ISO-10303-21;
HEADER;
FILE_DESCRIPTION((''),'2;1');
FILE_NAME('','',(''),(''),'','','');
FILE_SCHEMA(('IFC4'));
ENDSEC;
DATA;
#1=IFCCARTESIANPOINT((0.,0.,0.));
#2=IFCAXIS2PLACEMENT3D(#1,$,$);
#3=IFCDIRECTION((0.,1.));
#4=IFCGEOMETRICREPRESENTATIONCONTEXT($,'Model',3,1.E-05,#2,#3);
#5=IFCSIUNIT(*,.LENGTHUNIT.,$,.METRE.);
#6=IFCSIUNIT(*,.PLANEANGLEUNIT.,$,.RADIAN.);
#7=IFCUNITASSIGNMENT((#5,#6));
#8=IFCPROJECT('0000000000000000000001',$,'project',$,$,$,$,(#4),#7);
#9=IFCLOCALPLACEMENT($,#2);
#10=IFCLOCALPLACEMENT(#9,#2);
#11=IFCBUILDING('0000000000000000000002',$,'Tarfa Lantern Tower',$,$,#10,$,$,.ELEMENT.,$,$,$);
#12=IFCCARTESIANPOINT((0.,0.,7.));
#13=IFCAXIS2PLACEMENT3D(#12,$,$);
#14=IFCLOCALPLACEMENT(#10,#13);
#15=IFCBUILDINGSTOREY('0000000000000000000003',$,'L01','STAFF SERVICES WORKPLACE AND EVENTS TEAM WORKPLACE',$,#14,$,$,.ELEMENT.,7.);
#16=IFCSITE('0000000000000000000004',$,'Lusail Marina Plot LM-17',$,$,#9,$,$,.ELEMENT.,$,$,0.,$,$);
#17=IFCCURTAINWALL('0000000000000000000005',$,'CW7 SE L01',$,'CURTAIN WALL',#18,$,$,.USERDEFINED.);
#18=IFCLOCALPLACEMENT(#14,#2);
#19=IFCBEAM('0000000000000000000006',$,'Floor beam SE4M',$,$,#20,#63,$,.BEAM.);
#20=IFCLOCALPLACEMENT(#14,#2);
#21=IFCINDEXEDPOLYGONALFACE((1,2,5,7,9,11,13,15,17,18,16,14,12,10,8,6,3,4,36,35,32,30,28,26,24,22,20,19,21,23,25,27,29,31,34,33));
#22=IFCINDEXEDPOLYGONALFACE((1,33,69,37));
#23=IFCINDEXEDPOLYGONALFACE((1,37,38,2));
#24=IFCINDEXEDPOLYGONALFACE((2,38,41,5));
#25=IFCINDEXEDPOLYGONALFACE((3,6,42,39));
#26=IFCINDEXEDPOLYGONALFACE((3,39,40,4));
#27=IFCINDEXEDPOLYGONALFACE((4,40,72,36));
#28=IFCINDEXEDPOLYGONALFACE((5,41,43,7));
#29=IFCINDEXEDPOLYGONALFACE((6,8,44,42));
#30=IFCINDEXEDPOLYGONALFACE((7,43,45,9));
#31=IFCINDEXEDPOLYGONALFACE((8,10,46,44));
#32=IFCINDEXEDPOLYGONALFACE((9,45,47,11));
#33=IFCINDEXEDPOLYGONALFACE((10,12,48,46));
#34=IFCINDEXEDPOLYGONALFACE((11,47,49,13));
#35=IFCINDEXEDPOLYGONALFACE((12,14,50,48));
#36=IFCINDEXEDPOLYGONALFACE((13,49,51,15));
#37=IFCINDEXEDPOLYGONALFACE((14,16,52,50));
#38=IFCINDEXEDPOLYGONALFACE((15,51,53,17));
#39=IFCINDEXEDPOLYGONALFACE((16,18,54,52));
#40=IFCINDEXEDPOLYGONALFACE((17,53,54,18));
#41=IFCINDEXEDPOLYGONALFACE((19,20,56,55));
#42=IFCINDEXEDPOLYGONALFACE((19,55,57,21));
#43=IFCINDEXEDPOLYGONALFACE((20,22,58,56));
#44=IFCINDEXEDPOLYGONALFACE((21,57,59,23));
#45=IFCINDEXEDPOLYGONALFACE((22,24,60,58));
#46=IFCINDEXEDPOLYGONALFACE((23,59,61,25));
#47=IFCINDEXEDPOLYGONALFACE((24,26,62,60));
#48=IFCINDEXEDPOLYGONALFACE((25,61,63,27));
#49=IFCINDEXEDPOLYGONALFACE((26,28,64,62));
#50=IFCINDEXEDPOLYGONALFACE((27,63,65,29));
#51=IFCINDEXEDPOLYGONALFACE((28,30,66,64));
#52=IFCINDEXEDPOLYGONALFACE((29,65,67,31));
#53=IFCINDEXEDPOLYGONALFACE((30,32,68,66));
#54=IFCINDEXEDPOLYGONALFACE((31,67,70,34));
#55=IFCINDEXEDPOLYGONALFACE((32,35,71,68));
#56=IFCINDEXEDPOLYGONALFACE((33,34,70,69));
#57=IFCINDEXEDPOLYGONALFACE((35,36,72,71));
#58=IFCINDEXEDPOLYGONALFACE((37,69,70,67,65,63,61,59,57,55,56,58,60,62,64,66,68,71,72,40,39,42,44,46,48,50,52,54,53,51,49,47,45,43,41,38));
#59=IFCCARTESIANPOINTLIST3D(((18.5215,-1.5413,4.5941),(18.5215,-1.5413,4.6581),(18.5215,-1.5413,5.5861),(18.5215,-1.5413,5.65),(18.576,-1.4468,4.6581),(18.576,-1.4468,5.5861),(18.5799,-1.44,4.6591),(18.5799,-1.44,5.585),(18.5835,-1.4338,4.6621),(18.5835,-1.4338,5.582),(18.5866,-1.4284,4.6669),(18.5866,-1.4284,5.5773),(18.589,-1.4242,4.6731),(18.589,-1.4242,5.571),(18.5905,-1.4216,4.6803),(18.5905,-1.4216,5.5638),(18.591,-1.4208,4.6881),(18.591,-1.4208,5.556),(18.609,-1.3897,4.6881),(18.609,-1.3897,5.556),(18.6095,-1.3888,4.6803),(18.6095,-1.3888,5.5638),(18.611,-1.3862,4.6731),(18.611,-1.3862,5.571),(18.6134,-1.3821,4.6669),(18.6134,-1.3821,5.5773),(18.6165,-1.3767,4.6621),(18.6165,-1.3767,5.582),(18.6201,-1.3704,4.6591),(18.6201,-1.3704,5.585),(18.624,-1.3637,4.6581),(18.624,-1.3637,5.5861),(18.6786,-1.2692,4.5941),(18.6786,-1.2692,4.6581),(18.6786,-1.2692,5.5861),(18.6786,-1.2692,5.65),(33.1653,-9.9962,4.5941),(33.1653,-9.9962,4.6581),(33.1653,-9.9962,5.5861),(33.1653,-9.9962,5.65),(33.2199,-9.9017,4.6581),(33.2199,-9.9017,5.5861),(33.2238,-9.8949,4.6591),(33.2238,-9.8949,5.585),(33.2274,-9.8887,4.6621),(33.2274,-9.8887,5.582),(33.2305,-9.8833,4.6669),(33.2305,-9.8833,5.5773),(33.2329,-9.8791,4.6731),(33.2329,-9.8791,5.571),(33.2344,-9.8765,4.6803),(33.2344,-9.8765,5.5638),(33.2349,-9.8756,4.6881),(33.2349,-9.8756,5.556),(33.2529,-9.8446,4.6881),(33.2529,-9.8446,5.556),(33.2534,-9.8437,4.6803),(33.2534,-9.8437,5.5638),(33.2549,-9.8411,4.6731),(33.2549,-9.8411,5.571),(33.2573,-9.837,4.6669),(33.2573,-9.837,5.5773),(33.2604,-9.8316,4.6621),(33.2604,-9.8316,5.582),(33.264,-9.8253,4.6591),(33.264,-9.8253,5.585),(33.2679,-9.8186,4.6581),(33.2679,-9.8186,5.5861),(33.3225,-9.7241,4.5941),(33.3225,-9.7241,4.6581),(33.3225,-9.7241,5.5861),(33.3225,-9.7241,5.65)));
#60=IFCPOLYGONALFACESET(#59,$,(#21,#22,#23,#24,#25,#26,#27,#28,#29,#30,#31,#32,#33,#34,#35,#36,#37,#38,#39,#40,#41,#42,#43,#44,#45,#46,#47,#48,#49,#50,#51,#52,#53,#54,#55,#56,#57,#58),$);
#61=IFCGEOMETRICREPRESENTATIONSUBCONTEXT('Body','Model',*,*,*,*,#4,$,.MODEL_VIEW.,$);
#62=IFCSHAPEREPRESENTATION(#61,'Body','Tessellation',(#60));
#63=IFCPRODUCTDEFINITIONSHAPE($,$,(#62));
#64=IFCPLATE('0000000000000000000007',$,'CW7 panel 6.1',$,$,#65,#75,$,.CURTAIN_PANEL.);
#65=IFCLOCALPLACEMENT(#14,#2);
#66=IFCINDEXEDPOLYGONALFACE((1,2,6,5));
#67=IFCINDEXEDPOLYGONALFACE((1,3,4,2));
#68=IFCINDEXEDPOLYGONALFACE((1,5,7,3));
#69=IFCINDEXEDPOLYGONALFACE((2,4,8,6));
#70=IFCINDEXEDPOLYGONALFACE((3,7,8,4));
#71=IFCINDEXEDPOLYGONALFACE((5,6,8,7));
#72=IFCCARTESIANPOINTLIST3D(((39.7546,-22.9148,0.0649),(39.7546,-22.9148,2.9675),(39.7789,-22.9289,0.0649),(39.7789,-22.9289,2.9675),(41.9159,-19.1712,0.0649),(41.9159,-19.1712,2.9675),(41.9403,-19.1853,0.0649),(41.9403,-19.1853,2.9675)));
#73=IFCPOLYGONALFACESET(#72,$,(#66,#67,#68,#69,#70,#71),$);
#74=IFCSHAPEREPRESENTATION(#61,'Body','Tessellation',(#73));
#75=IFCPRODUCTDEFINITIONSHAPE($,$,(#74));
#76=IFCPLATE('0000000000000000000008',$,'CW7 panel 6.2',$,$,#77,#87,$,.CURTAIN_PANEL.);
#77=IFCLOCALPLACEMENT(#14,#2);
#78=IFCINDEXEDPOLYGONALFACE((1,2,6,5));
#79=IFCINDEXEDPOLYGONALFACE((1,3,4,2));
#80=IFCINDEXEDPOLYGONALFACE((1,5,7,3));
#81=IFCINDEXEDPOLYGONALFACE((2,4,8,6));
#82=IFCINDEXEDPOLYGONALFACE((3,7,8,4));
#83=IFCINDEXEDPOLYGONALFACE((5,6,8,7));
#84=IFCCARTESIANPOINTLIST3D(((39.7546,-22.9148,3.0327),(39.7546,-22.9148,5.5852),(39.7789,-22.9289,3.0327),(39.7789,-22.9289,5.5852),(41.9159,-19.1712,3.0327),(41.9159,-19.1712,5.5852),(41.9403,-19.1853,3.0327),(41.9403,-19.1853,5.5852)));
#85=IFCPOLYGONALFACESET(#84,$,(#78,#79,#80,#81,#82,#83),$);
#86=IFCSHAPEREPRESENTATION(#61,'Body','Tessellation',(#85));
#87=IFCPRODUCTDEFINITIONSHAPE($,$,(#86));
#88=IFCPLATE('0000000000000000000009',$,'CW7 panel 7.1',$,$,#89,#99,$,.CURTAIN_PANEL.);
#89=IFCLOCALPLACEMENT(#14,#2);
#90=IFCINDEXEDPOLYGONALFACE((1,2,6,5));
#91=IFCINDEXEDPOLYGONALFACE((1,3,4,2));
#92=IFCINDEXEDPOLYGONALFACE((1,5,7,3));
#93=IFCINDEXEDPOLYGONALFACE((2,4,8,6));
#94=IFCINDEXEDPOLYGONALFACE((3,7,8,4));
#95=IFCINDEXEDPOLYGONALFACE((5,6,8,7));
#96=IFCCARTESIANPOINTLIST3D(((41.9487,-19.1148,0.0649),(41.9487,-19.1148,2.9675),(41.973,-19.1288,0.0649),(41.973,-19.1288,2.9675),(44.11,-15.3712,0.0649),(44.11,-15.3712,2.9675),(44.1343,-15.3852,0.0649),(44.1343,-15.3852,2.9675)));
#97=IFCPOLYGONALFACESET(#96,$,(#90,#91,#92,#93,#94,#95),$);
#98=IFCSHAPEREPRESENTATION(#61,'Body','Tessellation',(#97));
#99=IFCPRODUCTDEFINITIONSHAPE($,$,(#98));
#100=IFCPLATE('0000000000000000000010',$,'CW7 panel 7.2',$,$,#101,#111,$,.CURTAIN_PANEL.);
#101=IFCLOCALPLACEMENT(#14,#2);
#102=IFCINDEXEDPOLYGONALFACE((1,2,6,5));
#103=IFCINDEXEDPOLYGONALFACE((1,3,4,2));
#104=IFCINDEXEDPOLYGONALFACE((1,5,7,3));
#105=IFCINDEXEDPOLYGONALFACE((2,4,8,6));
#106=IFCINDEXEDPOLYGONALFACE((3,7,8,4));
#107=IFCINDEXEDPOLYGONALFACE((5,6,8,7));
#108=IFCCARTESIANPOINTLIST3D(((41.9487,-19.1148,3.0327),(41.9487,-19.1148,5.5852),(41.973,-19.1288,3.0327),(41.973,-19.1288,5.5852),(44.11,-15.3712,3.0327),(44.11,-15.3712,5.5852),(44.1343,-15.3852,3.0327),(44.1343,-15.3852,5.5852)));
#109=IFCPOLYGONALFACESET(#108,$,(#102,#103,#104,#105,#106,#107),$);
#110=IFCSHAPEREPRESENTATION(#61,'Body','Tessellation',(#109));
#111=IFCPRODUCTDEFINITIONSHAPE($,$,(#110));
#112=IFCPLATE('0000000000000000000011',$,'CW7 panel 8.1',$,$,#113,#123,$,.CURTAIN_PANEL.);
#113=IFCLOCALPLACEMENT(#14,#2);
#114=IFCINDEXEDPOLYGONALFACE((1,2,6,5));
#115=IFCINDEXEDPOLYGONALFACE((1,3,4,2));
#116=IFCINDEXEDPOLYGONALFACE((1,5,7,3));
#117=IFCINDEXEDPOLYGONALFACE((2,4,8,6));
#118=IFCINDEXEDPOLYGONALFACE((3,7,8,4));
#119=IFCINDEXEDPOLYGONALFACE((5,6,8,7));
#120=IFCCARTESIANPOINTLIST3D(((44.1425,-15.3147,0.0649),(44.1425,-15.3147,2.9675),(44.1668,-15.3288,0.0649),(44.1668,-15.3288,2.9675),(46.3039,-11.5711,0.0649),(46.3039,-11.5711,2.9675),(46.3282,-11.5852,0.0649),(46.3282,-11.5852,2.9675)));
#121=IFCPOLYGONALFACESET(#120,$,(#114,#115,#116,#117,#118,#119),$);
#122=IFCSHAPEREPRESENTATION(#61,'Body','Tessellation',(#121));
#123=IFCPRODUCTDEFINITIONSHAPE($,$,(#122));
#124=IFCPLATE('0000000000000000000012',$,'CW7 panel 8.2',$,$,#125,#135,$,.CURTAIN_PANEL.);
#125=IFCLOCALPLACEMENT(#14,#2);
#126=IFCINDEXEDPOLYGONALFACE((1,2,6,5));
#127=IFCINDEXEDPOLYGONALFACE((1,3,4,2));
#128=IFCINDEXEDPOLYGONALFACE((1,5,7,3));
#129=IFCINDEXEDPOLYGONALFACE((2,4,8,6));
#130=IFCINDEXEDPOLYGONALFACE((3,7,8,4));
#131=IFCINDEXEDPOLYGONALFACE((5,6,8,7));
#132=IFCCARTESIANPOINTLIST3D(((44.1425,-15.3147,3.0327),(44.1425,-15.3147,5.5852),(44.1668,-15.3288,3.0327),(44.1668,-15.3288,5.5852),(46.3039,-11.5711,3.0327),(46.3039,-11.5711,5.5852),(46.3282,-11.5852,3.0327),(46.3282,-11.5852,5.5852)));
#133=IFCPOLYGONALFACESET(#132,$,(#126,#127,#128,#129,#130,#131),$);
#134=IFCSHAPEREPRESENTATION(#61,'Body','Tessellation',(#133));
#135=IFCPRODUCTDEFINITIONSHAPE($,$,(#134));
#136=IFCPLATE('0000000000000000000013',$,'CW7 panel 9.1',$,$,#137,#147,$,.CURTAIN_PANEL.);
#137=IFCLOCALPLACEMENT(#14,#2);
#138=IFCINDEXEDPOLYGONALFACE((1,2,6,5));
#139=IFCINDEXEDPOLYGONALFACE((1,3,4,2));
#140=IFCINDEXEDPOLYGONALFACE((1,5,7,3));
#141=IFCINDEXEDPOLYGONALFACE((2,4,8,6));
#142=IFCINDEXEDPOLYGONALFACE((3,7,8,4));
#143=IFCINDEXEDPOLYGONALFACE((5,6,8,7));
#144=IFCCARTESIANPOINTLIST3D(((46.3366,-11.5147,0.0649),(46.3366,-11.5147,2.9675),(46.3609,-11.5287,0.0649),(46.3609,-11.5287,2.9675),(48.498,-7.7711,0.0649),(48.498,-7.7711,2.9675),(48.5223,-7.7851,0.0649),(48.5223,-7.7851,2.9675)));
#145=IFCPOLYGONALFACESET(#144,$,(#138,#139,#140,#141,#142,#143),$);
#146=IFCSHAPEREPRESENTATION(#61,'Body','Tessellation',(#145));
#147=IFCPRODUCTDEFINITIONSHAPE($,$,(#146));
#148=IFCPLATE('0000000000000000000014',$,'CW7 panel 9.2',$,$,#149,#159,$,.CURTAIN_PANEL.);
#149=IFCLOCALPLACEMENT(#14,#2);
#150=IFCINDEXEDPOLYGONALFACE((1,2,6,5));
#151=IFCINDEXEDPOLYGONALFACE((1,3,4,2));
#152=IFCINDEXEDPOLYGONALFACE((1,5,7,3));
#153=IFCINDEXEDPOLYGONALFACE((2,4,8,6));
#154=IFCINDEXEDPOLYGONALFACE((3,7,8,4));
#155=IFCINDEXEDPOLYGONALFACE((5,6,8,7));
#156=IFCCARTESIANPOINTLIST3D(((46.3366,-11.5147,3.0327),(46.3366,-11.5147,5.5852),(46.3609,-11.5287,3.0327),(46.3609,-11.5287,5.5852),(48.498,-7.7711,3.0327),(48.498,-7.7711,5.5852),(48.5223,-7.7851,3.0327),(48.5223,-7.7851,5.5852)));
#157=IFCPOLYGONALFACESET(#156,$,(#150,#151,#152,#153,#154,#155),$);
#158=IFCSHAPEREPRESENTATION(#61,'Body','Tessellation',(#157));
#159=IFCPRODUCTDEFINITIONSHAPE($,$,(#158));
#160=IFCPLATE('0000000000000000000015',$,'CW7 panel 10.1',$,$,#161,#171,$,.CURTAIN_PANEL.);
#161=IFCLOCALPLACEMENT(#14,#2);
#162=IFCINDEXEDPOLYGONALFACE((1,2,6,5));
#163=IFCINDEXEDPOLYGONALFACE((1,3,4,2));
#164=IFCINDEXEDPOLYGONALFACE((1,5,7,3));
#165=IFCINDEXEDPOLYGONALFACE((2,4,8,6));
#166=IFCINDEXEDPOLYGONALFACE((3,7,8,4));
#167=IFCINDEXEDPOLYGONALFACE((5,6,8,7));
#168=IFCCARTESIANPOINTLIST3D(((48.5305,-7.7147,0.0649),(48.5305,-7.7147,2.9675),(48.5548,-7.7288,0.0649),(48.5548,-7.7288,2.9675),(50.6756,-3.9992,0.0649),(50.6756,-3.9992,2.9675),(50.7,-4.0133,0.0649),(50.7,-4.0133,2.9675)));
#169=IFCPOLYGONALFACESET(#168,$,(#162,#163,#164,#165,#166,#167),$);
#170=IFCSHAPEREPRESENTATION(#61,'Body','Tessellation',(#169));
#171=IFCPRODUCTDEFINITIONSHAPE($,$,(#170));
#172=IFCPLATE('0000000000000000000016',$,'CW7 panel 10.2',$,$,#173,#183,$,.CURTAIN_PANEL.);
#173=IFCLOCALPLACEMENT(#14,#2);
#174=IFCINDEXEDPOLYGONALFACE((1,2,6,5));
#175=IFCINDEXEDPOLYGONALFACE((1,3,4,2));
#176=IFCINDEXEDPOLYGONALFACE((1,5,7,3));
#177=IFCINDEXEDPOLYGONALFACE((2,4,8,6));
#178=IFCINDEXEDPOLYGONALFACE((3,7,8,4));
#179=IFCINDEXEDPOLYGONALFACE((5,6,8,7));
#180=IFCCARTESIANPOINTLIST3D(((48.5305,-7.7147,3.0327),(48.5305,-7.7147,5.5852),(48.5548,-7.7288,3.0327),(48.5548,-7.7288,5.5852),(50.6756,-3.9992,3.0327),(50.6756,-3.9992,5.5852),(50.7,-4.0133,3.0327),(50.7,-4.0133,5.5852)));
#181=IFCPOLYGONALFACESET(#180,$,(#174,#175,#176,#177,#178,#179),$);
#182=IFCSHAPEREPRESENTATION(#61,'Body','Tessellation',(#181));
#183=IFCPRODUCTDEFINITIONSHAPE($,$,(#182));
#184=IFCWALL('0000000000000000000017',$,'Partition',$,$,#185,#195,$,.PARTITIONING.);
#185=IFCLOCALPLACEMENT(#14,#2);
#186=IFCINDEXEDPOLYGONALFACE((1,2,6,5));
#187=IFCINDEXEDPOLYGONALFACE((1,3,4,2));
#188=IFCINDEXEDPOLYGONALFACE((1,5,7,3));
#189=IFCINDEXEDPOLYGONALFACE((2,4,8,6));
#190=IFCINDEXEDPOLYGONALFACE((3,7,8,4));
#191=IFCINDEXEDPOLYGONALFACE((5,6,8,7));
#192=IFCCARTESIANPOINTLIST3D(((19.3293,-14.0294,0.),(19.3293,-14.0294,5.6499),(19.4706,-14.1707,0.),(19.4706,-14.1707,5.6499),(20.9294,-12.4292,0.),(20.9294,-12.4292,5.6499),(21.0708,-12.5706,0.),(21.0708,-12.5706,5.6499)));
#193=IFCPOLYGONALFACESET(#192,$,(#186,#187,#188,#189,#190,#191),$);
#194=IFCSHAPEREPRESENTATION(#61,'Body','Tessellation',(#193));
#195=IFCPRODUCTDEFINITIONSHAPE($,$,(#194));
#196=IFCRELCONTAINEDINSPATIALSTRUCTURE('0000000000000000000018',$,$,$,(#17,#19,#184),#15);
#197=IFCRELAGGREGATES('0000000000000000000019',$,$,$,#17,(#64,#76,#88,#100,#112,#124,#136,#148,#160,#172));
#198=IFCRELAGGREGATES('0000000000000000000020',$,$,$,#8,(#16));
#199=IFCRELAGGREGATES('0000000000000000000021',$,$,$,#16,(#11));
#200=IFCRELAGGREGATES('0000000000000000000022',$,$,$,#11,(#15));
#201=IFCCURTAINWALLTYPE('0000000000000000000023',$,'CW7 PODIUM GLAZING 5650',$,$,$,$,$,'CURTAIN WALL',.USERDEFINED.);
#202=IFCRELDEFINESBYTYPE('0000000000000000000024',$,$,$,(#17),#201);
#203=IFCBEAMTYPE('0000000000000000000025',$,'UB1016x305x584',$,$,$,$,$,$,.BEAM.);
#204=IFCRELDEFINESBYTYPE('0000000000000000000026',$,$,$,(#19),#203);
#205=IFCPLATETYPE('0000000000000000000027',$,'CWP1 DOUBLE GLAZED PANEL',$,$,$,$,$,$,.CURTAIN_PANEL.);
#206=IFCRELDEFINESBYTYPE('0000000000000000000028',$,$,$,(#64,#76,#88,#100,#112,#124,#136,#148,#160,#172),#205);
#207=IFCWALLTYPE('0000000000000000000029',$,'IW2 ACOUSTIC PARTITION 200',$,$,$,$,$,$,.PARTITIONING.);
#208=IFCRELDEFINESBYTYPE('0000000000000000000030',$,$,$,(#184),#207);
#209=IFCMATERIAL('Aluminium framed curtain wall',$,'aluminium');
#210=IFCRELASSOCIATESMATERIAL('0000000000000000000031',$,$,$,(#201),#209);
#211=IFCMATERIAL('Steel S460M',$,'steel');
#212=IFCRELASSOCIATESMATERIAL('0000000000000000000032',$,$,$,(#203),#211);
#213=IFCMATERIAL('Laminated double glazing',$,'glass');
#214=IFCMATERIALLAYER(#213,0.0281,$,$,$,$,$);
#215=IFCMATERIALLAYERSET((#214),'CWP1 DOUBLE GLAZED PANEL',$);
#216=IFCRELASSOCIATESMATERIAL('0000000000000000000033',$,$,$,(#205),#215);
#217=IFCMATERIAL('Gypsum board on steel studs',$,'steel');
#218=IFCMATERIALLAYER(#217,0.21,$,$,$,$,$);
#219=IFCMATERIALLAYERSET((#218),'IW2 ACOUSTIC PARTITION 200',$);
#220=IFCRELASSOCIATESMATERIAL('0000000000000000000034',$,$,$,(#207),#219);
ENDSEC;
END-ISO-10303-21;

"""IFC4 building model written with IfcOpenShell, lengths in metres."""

from ifc_helpers import new_model, si_unit, direction, frame, frame_2d, origin, origin_2d, place, context, subcontext, project, spatial, rectangle, i_section, extrude, material, layer, layer_set, material_profile, profile_set, type_object, element, aggregate, save


model = new_model("IFC4")

# Units and contexts
model_context = context("Model", 3, precision=1e-05, world=origin(), true_north=direction((0.0, 1.0)))
body_context = subcontext(model_context, "Body", "Model", "MODEL_VIEW")
ifc_project = project(units=[si_unit("LENGTHUNIT", "METRE"), si_unit("PLANEANGLEUNIT", "RADIAN")], contexts=[model_context])

# Site, building, storey
site_placement = place(None, origin())
site = spatial("IfcSite", under=ifc_project, at=site_placement, Name="Lusail Marina Plot LM-17", CompositionType="ELEMENT", RefElevation=0.0)
building_placement = place(site_placement, origin())
building = spatial("IfcBuilding", under=site, at=building_placement, Name="Tarfa Lantern Tower", CompositionType="ELEMENT")
storey_placement = place(building_placement, frame((0.0, 0.0, 7.0)))
storey = spatial("IfcBuildingStorey", under=building, at=storey_placement, Name="L01", Description="STAFF SERVICES WORKPLACE AND EVENTS TEAM WORKPLACE", CompositionType="ELEMENT", Elevation=7.0)

# Curtain wall
ifc_material_1 = material(Name="Aluminium framed curtain wall", Category="aluminium")
curtain_wall_type = type_object("IfcCurtainWallType", Name="CW7 PODIUM GLAZING 5650", ElementType="CURTAIN WALL", PredefinedType="USERDEFINED", material=ifc_material_1)
curtain_wall_placement = place(storey_placement, origin())
curtain_wall = element("IfcCurtainWall", 1, at=curtain_wall_placement, inside=storey, type_object=curtain_wall_type, Name="CW7 SE L01", ObjectType="CURTAIN WALL", PredefinedType="USERDEFINED")

# Beam
ifc_material_2 = material(Name="Steel S460M", Category="steel")
ifc_material_profile_1 = material_profile(ifc_material_2, i_section(OverallWidth=0.3142, OverallDepth=1.0559, WebThickness=0.0359, FlangeThickness=0.064, FilletRadius=0.03, at=origin_2d()), Name="UB1016x305x584")
ifc_profile_set_1 = profile_set([ifc_material_profile_1], Name="Steel S460M")
beam_type_1 = type_object("IfcBeamType", Name="UB1016x305x584", PredefinedType="BEAM", material=ifc_profile_set_1)
beam_1_placement = place(storey_placement, frame((33.2439, -9.8601, 5.1221), z_axis=(-0.866019, 0.50001, 0.0), x_axis=(-0.50001, -0.866019, 0.0)))
element("IfcBeam", 2, at=beam_1_placement, inside=storey, type_object=beam_type_1, Name="Floor beam SE4M", PredefinedType="BEAM", context=body_context, shape_type="SweptSolid", body=[
    extrude(i_section(OverallWidth=0.3142, OverallDepth=1.0559, WebThickness=0.0359, FlangeThickness=0.064, FilletRadius=0.03, at=origin_2d()), origin(), (0.0, 0.0, 1.0), 16.9094),
])

# Plates
ifc_material_3 = material(Name="Laminated double glazing", Category="glass")
ifc_layer_1 = layer(ifc_material_3, 0.0281)
ifc_layer_set_1 = layer_set([ifc_layer_1], Name="CWP1 DOUBLE GLAZED PANEL")
plate_type = type_object("IfcPlateType", Name="CWP1 DOUBLE GLAZED PANEL", PredefinedType="CURTAIN_PANEL", material=ifc_layer_set_1)
plate_1_placement = place(storey_placement, frame((40.8474, -21.05, 0.0649), z_axis=(0.0, 0.0, 1.0), x_axis=(0.5, 0.866025, 0.0)))
plate_1 = element("IfcPlate", 3, at=plate_1_placement, type_object=plate_type, Name="CW7 panel 6.1", PredefinedType="CURTAIN_PANEL", context=body_context, shape_type="SweptSolid", body=[
    extrude(rectangle(XDim=4.3228, YDim=0.0281, at=origin_2d()), origin(), (0.0, 0.0, 1.0), 2.9026),
])
plate_2_placement = place(storey_placement, frame((40.8474, -21.05, 3.0327), z_axis=(0.0, 0.0, 1.0), x_axis=(0.5, 0.866025, 0.0)))
plate_2 = element("IfcPlate", 4, at=plate_2_placement, type_object=plate_type, Name="CW7 panel 6.2", PredefinedType="CURTAIN_PANEL", context=body_context, shape_type="SweptSolid", body=[
    extrude(rectangle(XDim=4.3228, YDim=0.0281, at=origin_2d()), origin(), (0.0, 0.0, 1.0), 2.5525),
])
plate_3_placement = place(storey_placement, frame((43.0415, -17.25, 0.0649), z_axis=(0.0, 0.0, 1.0), x_axis=(0.5, 0.866025, 0.0)))
plate_3 = element("IfcPlate", 5, at=plate_3_placement, type_object=plate_type, Name="CW7 panel 7.1", PredefinedType="CURTAIN_PANEL", context=body_context, shape_type="SweptSolid", body=[
    extrude(rectangle(XDim=4.3228, YDim=0.0281, at=origin_2d()), origin(), (0.0, 0.0, 1.0), 2.9026),
])
plate_4_placement = place(storey_placement, frame((43.0415, -17.25, 3.0327), z_axis=(0.0, 0.0, 1.0), x_axis=(0.5, 0.866025, 0.0)))
plate_4 = element("IfcPlate", 6, at=plate_4_placement, type_object=plate_type, Name="CW7 panel 7.2", PredefinedType="CURTAIN_PANEL", context=body_context, shape_type="SweptSolid", body=[
    extrude(rectangle(XDim=4.3228, YDim=0.0281, at=origin_2d()), origin(), (0.0, 0.0, 1.0), 2.5525),
])
plate_5_placement = place(storey_placement, frame((45.2354, -13.45, 0.0649), z_axis=(0.0, 0.0, 1.0), x_axis=(0.5, 0.866025, 0.0)))
plate_5 = element("IfcPlate", 7, at=plate_5_placement, type_object=plate_type, Name="CW7 panel 8.1", PredefinedType="CURTAIN_PANEL", context=body_context, shape_type="SweptSolid", body=[
    extrude(rectangle(XDim=4.3228, YDim=0.0281, at=origin_2d()), origin(), (0.0, 0.0, 1.0), 2.9026),
])
plate_6_placement = place(storey_placement, frame((45.2354, -13.45, 3.0327), z_axis=(0.0, 0.0, 1.0), x_axis=(0.5, 0.866025, 0.0)))
plate_6 = element("IfcPlate", 8, at=plate_6_placement, type_object=plate_type, Name="CW7 panel 8.2", PredefinedType="CURTAIN_PANEL", context=body_context, shape_type="SweptSolid", body=[
    extrude(rectangle(XDim=4.3228, YDim=0.0281, at=origin_2d()), origin(), (0.0, 0.0, 1.0), 2.5525),
])
plate_7_placement = place(storey_placement, frame((47.4294, -9.6499, 0.0649), z_axis=(0.0, 0.0, 1.0), x_axis=(0.5, 0.866025, 0.0)))
plate_7 = element("IfcPlate", 9, at=plate_7_placement, type_object=plate_type, Name="CW7 panel 9.1", PredefinedType="CURTAIN_PANEL", context=body_context, shape_type="SweptSolid", body=[
    extrude(rectangle(XDim=4.3228, YDim=0.0281, at=origin_2d()), origin(), (0.0, 0.0, 1.0), 2.9026),
])
plate_8_placement = place(storey_placement, frame((47.4294, -9.6499, 3.0327), z_axis=(0.0, 0.0, 1.0), x_axis=(0.5, 0.866025, 0.0)))
plate_8 = element("IfcPlate", 10, at=plate_8_placement, type_object=plate_type, Name="CW7 panel 9.2", PredefinedType="CURTAIN_PANEL", context=body_context, shape_type="SweptSolid", body=[
    extrude(rectangle(XDim=4.3228, YDim=0.0281, at=origin_2d()), origin(), (0.0, 0.0, 1.0), 2.5525),
])
plate_9_placement = place(storey_placement, frame((49.6152, -5.864, 0.0649), z_axis=(0.0, 0.0, 1.0), x_axis=(0.5, 0.866025, 0.0)))
plate_9 = element("IfcPlate", 11, at=plate_9_placement, type_object=plate_type, Name="CW7 panel 10.1", PredefinedType="CURTAIN_PANEL", context=body_context, shape_type="SweptSolid", body=[
    extrude(rectangle(XDim=4.2903, YDim=0.0281, at=origin_2d()), origin(), (0.0, 0.0, 1.0), 2.9026),
])
plate_10_placement = place(storey_placement, frame((49.6152, -5.864, 3.0327), z_axis=(0.0, 0.0, 1.0), x_axis=(0.5, 0.866025, 0.0)))
plate_10 = element("IfcPlate", 12, at=plate_10_placement, type_object=plate_type, Name="CW7 panel 10.2", PredefinedType="CURTAIN_PANEL", context=body_context, shape_type="SweptSolid", body=[
    extrude(rectangle(XDim=4.2903, YDim=0.0281, at=origin_2d()), origin(), (0.0, 0.0, 1.0), 2.5525),
])
aggregate(curtain_wall, [plate_1, plate_2, plate_3, plate_4, plate_5, plate_6, plate_7, plate_8, plate_9, plate_10])

# Wall
ifc_material_4 = material(Name="Gypsum board on steel studs", Category="steel")
ifc_layer_2 = layer(ifc_material_4, 0.21)
ifc_layer_set_2 = layer_set([ifc_layer_2], Name="IW2 ACOUSTIC PARTITION 200")
wall_type = type_object("IfcWallType", Name="IW2 ACOUSTIC PARTITION 200", PredefinedType="PARTITIONING", material=ifc_layer_set_2)
wall_placement = place(storey_placement, frame((21.0, -12.5, 0.0), z_axis=(0.0, 0.0, 1.0), x_axis=(-0.707107, -0.707107, 0.0)))
element("IfcWall", 13, at=wall_placement, inside=storey, type_object=wall_type, Name="Partition", PredefinedType="PARTITIONING", context=body_context, shape_type="SweptSolid", body=[
    extrude(rectangle(XDim=2.2629, YDim=0.2, at=frame_2d((1.1313, 0.0))), origin(), (0.0, 0.0, 1.0), 5.6499),
])

save(model, "model.ifc")
